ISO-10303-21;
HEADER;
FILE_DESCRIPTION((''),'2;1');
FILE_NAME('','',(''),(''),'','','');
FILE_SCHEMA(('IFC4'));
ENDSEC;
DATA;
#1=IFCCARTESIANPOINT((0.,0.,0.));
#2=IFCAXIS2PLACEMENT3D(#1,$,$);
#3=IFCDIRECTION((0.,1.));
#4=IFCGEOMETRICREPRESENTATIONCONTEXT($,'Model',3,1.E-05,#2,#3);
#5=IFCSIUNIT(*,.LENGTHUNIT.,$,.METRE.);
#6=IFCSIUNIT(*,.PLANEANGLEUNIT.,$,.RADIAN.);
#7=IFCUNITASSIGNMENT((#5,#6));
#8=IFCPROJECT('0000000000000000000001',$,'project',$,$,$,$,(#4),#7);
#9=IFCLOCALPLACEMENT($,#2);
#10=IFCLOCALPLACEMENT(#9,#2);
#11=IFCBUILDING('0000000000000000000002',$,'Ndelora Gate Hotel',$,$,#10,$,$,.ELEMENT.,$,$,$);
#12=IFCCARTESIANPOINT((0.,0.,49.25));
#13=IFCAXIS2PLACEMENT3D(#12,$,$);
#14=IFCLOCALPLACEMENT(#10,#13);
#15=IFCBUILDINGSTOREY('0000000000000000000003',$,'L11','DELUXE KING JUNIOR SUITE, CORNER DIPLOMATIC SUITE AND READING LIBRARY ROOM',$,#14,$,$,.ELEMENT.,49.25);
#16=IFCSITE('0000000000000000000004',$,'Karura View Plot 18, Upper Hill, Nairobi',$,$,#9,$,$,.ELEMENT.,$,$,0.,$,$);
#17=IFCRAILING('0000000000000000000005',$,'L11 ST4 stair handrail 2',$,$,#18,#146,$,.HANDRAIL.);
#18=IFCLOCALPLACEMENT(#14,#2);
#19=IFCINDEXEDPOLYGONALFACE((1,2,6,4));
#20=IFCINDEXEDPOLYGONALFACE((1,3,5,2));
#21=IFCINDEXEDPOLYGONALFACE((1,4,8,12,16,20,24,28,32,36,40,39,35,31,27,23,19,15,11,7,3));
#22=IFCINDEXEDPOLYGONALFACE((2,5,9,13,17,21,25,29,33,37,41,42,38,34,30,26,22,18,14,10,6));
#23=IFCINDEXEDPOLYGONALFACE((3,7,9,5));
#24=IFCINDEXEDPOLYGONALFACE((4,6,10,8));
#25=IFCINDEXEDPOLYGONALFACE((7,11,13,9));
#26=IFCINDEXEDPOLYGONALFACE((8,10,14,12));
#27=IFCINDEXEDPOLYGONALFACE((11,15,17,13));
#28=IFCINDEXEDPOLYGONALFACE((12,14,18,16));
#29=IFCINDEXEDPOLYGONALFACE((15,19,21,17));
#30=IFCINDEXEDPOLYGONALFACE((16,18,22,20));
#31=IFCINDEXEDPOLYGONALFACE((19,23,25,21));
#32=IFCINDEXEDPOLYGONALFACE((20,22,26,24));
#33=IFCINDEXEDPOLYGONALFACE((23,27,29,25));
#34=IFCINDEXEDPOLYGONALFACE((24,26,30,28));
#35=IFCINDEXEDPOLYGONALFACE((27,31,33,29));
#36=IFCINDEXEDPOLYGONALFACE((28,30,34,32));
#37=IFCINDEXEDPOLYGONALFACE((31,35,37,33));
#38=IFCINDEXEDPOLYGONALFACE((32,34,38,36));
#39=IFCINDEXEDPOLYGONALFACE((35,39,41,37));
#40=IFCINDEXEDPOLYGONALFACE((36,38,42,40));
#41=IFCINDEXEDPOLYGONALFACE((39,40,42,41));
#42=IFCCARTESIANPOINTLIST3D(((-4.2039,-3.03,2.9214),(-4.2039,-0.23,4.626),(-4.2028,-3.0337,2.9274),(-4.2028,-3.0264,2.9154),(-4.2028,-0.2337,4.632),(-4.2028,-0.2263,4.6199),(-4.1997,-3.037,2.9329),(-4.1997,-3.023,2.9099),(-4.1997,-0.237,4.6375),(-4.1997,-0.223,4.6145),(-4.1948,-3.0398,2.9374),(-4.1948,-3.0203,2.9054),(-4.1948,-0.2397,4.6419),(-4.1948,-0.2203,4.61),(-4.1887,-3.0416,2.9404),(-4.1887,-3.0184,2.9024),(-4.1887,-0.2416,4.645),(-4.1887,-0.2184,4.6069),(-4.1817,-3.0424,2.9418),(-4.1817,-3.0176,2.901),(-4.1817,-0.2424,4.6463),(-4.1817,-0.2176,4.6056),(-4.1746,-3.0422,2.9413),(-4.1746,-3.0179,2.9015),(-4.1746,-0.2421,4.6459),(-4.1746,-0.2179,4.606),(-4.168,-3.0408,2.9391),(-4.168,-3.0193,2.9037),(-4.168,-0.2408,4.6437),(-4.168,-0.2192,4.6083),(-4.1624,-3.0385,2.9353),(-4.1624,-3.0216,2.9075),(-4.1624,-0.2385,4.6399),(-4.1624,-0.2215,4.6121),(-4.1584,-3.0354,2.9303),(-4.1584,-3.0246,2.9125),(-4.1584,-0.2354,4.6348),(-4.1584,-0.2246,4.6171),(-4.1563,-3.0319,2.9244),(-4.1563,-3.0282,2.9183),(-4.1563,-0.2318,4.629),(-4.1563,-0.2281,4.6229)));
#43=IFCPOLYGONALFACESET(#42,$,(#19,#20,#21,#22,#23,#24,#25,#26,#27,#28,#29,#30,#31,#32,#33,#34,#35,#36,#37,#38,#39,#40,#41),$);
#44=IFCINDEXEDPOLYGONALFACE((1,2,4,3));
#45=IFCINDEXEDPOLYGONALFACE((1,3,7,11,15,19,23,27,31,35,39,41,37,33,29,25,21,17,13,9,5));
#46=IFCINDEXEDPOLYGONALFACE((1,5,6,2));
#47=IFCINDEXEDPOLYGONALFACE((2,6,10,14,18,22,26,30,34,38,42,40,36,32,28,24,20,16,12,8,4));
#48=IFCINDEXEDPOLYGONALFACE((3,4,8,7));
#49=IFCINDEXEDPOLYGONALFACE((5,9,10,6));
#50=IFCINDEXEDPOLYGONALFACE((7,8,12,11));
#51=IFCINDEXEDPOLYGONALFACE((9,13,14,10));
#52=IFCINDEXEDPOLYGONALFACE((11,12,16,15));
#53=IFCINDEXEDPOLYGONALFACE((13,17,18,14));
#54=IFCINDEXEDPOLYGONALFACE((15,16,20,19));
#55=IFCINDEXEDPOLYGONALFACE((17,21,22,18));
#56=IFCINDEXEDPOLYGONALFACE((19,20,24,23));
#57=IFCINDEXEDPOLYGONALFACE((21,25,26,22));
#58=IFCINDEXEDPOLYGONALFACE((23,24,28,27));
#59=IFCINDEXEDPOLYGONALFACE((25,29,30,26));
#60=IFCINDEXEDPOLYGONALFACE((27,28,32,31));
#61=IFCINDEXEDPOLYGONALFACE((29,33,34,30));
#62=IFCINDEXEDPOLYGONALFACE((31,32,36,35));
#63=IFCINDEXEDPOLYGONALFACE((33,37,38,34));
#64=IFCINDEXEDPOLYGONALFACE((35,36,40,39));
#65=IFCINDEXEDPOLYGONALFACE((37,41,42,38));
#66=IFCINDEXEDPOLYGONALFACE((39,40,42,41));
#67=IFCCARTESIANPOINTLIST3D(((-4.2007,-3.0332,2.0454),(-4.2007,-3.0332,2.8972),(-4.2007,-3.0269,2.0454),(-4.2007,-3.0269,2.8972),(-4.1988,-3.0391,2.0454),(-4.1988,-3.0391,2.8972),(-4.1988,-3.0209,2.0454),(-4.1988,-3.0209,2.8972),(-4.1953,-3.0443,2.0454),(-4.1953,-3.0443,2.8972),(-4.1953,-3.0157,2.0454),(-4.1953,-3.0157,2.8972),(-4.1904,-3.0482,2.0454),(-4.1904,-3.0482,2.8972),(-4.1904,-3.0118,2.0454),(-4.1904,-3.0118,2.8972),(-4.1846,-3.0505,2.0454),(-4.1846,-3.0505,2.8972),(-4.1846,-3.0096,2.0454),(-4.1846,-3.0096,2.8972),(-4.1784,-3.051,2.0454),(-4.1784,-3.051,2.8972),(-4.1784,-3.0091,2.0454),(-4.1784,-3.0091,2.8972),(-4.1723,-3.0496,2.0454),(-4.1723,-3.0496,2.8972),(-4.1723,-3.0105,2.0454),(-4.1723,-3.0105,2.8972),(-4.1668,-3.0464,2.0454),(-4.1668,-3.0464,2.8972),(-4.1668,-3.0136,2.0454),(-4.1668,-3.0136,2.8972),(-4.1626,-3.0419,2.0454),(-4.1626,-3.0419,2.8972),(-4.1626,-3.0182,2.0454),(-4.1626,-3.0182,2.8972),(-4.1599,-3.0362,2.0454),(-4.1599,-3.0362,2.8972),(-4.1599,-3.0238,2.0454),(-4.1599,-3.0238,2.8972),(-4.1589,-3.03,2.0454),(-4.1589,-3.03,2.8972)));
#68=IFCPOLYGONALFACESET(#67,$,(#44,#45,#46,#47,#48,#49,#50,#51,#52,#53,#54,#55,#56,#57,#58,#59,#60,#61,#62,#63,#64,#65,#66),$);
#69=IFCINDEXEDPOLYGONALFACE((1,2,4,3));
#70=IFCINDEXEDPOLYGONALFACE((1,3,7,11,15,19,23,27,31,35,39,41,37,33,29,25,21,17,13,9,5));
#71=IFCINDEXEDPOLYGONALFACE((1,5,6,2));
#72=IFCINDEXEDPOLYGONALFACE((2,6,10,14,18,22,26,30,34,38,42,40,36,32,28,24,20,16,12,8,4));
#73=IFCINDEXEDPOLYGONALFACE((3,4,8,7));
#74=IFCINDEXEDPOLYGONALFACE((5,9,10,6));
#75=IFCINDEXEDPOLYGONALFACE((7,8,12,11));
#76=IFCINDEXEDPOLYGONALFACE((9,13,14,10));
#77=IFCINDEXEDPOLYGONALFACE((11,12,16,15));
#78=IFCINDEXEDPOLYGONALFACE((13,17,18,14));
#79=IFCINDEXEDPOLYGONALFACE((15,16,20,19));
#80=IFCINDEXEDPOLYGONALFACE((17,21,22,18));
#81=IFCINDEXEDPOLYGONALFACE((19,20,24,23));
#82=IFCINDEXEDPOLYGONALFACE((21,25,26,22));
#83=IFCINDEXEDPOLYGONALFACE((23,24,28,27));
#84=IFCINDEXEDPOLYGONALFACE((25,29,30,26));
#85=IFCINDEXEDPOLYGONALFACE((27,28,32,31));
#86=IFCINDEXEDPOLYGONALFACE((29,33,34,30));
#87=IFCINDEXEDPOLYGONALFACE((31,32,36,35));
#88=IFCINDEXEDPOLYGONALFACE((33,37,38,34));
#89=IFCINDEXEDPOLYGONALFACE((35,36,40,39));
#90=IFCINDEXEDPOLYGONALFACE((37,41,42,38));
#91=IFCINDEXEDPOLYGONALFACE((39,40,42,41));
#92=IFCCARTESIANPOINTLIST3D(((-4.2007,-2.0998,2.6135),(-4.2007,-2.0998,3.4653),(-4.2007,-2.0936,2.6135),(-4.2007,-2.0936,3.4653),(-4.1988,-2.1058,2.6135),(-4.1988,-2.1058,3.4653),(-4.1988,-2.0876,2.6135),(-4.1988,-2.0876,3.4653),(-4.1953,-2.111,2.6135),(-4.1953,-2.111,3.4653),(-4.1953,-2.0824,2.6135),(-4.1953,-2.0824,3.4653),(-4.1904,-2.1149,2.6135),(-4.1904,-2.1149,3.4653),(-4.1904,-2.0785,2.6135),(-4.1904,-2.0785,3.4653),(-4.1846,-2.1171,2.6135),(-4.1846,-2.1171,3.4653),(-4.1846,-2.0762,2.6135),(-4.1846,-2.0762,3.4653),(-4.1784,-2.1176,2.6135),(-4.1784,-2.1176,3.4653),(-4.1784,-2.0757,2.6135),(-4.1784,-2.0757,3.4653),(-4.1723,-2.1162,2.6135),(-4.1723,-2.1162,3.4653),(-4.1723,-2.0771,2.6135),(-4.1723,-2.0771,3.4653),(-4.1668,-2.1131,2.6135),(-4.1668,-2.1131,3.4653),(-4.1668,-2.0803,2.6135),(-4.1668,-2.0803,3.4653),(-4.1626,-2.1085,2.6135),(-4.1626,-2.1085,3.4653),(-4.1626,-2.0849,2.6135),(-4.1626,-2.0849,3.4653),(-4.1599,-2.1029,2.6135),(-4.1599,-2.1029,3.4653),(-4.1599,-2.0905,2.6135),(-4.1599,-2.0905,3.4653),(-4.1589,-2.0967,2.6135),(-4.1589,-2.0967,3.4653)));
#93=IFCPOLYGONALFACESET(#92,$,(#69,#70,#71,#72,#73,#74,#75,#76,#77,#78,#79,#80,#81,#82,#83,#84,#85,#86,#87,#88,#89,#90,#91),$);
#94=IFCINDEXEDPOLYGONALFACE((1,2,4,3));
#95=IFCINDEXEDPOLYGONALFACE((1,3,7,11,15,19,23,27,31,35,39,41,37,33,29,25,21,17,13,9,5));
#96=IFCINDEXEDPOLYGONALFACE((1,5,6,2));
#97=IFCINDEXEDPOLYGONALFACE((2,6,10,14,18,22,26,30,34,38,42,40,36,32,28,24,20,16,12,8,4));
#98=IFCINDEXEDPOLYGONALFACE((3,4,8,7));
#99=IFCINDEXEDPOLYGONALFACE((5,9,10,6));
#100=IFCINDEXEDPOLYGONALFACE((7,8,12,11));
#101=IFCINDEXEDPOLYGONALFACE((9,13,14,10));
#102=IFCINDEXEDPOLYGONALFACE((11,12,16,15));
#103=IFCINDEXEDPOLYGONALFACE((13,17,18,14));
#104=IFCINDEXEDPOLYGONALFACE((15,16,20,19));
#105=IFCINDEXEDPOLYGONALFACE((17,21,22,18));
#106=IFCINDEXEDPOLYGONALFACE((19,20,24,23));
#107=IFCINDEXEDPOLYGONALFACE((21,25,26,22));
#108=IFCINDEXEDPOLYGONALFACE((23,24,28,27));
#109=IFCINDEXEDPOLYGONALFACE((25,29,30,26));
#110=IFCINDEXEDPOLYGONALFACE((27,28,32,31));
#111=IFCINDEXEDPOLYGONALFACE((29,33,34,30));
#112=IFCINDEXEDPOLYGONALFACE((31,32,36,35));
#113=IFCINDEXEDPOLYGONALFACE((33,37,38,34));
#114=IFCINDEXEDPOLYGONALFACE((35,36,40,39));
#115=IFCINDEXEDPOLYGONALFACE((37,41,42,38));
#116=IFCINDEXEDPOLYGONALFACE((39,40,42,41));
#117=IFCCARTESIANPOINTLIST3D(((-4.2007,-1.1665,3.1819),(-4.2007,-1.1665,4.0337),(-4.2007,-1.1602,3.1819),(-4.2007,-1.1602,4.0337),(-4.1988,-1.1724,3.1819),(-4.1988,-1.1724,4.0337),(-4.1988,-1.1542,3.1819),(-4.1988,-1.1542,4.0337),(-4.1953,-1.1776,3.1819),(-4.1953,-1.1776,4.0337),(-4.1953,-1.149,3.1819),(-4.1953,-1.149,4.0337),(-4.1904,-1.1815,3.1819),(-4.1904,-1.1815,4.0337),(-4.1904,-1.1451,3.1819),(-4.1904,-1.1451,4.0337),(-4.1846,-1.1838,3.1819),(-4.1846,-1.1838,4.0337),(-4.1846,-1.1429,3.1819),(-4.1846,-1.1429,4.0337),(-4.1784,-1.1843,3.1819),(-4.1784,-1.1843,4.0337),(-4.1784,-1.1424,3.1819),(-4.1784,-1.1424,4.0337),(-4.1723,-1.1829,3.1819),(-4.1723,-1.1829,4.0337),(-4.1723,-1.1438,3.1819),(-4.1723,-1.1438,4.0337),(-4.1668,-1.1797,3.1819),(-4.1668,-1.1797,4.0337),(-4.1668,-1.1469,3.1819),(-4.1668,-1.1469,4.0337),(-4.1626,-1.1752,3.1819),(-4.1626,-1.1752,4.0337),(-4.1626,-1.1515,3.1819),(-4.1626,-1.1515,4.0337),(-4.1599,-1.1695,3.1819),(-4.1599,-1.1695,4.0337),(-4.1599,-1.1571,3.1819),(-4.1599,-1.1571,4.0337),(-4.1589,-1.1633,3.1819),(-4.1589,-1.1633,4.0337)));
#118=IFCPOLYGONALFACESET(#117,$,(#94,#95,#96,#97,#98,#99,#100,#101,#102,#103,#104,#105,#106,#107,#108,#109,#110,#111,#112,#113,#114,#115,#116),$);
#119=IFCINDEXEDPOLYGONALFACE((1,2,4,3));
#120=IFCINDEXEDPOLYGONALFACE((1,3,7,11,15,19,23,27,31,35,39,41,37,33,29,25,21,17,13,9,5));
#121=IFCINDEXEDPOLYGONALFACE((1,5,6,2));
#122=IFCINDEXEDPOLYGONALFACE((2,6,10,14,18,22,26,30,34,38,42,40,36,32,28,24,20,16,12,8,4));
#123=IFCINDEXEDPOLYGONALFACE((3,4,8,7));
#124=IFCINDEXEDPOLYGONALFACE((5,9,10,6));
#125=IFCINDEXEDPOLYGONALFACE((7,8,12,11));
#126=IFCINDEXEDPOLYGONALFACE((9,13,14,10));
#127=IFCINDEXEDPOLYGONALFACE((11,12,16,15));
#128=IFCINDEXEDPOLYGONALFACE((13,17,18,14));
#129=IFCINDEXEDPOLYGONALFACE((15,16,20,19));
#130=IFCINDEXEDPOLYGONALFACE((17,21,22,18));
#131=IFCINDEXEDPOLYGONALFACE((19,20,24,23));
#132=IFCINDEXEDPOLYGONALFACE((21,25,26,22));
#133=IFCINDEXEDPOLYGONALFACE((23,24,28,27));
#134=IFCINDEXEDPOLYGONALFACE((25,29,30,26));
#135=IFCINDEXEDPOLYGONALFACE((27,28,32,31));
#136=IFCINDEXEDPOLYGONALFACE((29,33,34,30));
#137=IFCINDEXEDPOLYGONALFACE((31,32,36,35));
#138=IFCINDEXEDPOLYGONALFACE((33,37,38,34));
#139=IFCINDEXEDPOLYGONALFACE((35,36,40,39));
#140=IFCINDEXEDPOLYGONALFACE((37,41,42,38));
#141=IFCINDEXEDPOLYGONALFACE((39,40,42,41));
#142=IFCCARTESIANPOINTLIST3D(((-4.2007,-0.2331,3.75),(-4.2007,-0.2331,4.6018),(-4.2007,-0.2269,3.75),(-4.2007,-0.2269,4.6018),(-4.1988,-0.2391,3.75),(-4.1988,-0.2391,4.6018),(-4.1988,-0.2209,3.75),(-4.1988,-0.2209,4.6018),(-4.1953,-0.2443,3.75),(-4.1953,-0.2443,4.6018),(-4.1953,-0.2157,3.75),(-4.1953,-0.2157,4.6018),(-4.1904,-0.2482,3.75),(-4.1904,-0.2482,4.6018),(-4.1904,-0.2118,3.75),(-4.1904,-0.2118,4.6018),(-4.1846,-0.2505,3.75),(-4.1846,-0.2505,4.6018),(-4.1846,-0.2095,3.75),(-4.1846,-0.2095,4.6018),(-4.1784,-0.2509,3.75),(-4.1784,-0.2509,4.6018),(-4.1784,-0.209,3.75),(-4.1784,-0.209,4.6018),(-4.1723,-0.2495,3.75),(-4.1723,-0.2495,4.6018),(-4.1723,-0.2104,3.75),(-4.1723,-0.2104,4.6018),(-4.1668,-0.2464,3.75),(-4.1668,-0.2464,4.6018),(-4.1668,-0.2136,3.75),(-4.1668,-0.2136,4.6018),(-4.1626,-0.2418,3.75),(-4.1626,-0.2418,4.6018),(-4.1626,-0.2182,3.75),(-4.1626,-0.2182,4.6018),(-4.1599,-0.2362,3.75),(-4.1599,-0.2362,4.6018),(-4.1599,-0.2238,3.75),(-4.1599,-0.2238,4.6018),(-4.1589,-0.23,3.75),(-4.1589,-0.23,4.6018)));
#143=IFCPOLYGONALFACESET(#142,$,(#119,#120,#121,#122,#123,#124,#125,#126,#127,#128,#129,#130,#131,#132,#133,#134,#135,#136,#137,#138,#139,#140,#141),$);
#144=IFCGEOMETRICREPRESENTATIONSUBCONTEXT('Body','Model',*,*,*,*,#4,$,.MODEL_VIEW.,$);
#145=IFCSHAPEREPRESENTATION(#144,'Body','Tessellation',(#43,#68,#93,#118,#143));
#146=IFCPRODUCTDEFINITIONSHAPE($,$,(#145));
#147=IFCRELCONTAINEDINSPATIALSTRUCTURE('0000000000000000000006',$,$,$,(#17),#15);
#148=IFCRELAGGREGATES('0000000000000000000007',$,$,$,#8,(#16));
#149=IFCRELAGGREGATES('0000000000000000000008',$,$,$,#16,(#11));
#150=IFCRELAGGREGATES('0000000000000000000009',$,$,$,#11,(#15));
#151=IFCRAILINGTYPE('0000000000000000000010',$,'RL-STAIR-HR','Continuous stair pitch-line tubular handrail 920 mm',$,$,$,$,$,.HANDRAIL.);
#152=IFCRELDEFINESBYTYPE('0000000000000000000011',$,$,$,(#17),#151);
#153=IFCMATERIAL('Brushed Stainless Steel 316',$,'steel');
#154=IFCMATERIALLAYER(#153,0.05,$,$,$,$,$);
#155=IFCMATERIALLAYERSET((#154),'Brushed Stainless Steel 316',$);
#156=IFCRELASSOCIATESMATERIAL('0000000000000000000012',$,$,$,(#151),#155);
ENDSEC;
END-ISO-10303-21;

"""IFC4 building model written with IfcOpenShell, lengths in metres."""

from ifc_helpers import new_model, si_unit, direction, frame, origin, origin_2d, place, context, subcontext, project, spatial, circle, extrude, material, layer, layer_set, type_object, element, save


model = new_model("IFC4")

# Units and contexts
model_context = context("Model", 3, precision=1e-05, world=origin(), true_north=direction((0.0, 1.0)))
body_context = subcontext(model_context, "Body", "Model", "MODEL_VIEW")
ifc_project = project(units=[si_unit("LENGTHUNIT", "METRE"), si_unit("PLANEANGLEUNIT", "RADIAN")], contexts=[model_context])

# Site, building, storey
site_placement = place(None, origin())
site = spatial("IfcSite", under=ifc_project, at=site_placement, Name="Karura View Plot 18, Upper Hill, Nairobi", CompositionType="ELEMENT", RefElevation=0.0)
building_placement = place(site_placement, origin())
building = spatial("IfcBuilding", under=site, at=building_placement, Name="Ndelora Gate Hotel", CompositionType="ELEMENT")
storey_placement = place(building_placement, frame((0.0, 0.0, 49.25)))
storey = spatial("IfcBuildingStorey", under=building, at=storey_placement, Name="L11", Description="DELUXE KING JUNIOR SUITE, CORNER DIPLOMATIC SUITE AND READING LIBRARY ROOM", CompositionType="ELEMENT", Elevation=49.25)

# Railing
ifc_material_1 = material(Name="Brushed Stainless Steel 316", Category="steel")
ifc_layer_1 = layer(ifc_material_1, 0.05)
ifc_layer_set_1 = layer_set([ifc_layer_1], Name="Brushed Stainless Steel 316")
railing_type_1 = type_object("IfcRailingType", Name="RL-STAIR-HR", Description="Continuous stair pitch-line tubular handrail 920 mm", PredefinedType="HANDRAIL", material=ifc_layer_set_1)
railing_1_placement = place(storey_placement, frame((-4.1799, -3.03, 2.0454)))
element("IfcRailing", 1, at=railing_1_placement, inside=storey, type_object=railing_type_1, Name="L11 ST4 stair handrail 2", PredefinedType="HANDRAIL", context=body_context, shape_type="SweptSolid", body=[
    extrude(circle(Radius=0.0239, at=origin_2d()), frame((0.0, 0.0, 0.876), z_axis=(0.0, 0.85417, 0.519994), x_axis=(-1.0, 0.0, 0.0)), (0.0, 0.0, 1.0), 3.2781),
    extrude(circle(Radius=0.021, at=origin_2d()), origin(), (0.0, 0.0, 1.0), 0.8518),
    extrude(circle(Radius=0.021, at=origin_2d()), frame((0.0, 0.9333, 0.5681)), (0.0, 0.0, 1.0), 0.8518),
    extrude(circle(Radius=0.021, at=origin_2d()), frame((0.0, 1.8667, 1.1365)), (0.0, 0.0, 1.0), 0.8518),
    extrude(circle(Radius=0.021, at=origin_2d()), frame((0.0, 2.8, 1.7046)), (0.0, 0.0, 1.0), 0.8518),
])

save(model, "model.ifc")
